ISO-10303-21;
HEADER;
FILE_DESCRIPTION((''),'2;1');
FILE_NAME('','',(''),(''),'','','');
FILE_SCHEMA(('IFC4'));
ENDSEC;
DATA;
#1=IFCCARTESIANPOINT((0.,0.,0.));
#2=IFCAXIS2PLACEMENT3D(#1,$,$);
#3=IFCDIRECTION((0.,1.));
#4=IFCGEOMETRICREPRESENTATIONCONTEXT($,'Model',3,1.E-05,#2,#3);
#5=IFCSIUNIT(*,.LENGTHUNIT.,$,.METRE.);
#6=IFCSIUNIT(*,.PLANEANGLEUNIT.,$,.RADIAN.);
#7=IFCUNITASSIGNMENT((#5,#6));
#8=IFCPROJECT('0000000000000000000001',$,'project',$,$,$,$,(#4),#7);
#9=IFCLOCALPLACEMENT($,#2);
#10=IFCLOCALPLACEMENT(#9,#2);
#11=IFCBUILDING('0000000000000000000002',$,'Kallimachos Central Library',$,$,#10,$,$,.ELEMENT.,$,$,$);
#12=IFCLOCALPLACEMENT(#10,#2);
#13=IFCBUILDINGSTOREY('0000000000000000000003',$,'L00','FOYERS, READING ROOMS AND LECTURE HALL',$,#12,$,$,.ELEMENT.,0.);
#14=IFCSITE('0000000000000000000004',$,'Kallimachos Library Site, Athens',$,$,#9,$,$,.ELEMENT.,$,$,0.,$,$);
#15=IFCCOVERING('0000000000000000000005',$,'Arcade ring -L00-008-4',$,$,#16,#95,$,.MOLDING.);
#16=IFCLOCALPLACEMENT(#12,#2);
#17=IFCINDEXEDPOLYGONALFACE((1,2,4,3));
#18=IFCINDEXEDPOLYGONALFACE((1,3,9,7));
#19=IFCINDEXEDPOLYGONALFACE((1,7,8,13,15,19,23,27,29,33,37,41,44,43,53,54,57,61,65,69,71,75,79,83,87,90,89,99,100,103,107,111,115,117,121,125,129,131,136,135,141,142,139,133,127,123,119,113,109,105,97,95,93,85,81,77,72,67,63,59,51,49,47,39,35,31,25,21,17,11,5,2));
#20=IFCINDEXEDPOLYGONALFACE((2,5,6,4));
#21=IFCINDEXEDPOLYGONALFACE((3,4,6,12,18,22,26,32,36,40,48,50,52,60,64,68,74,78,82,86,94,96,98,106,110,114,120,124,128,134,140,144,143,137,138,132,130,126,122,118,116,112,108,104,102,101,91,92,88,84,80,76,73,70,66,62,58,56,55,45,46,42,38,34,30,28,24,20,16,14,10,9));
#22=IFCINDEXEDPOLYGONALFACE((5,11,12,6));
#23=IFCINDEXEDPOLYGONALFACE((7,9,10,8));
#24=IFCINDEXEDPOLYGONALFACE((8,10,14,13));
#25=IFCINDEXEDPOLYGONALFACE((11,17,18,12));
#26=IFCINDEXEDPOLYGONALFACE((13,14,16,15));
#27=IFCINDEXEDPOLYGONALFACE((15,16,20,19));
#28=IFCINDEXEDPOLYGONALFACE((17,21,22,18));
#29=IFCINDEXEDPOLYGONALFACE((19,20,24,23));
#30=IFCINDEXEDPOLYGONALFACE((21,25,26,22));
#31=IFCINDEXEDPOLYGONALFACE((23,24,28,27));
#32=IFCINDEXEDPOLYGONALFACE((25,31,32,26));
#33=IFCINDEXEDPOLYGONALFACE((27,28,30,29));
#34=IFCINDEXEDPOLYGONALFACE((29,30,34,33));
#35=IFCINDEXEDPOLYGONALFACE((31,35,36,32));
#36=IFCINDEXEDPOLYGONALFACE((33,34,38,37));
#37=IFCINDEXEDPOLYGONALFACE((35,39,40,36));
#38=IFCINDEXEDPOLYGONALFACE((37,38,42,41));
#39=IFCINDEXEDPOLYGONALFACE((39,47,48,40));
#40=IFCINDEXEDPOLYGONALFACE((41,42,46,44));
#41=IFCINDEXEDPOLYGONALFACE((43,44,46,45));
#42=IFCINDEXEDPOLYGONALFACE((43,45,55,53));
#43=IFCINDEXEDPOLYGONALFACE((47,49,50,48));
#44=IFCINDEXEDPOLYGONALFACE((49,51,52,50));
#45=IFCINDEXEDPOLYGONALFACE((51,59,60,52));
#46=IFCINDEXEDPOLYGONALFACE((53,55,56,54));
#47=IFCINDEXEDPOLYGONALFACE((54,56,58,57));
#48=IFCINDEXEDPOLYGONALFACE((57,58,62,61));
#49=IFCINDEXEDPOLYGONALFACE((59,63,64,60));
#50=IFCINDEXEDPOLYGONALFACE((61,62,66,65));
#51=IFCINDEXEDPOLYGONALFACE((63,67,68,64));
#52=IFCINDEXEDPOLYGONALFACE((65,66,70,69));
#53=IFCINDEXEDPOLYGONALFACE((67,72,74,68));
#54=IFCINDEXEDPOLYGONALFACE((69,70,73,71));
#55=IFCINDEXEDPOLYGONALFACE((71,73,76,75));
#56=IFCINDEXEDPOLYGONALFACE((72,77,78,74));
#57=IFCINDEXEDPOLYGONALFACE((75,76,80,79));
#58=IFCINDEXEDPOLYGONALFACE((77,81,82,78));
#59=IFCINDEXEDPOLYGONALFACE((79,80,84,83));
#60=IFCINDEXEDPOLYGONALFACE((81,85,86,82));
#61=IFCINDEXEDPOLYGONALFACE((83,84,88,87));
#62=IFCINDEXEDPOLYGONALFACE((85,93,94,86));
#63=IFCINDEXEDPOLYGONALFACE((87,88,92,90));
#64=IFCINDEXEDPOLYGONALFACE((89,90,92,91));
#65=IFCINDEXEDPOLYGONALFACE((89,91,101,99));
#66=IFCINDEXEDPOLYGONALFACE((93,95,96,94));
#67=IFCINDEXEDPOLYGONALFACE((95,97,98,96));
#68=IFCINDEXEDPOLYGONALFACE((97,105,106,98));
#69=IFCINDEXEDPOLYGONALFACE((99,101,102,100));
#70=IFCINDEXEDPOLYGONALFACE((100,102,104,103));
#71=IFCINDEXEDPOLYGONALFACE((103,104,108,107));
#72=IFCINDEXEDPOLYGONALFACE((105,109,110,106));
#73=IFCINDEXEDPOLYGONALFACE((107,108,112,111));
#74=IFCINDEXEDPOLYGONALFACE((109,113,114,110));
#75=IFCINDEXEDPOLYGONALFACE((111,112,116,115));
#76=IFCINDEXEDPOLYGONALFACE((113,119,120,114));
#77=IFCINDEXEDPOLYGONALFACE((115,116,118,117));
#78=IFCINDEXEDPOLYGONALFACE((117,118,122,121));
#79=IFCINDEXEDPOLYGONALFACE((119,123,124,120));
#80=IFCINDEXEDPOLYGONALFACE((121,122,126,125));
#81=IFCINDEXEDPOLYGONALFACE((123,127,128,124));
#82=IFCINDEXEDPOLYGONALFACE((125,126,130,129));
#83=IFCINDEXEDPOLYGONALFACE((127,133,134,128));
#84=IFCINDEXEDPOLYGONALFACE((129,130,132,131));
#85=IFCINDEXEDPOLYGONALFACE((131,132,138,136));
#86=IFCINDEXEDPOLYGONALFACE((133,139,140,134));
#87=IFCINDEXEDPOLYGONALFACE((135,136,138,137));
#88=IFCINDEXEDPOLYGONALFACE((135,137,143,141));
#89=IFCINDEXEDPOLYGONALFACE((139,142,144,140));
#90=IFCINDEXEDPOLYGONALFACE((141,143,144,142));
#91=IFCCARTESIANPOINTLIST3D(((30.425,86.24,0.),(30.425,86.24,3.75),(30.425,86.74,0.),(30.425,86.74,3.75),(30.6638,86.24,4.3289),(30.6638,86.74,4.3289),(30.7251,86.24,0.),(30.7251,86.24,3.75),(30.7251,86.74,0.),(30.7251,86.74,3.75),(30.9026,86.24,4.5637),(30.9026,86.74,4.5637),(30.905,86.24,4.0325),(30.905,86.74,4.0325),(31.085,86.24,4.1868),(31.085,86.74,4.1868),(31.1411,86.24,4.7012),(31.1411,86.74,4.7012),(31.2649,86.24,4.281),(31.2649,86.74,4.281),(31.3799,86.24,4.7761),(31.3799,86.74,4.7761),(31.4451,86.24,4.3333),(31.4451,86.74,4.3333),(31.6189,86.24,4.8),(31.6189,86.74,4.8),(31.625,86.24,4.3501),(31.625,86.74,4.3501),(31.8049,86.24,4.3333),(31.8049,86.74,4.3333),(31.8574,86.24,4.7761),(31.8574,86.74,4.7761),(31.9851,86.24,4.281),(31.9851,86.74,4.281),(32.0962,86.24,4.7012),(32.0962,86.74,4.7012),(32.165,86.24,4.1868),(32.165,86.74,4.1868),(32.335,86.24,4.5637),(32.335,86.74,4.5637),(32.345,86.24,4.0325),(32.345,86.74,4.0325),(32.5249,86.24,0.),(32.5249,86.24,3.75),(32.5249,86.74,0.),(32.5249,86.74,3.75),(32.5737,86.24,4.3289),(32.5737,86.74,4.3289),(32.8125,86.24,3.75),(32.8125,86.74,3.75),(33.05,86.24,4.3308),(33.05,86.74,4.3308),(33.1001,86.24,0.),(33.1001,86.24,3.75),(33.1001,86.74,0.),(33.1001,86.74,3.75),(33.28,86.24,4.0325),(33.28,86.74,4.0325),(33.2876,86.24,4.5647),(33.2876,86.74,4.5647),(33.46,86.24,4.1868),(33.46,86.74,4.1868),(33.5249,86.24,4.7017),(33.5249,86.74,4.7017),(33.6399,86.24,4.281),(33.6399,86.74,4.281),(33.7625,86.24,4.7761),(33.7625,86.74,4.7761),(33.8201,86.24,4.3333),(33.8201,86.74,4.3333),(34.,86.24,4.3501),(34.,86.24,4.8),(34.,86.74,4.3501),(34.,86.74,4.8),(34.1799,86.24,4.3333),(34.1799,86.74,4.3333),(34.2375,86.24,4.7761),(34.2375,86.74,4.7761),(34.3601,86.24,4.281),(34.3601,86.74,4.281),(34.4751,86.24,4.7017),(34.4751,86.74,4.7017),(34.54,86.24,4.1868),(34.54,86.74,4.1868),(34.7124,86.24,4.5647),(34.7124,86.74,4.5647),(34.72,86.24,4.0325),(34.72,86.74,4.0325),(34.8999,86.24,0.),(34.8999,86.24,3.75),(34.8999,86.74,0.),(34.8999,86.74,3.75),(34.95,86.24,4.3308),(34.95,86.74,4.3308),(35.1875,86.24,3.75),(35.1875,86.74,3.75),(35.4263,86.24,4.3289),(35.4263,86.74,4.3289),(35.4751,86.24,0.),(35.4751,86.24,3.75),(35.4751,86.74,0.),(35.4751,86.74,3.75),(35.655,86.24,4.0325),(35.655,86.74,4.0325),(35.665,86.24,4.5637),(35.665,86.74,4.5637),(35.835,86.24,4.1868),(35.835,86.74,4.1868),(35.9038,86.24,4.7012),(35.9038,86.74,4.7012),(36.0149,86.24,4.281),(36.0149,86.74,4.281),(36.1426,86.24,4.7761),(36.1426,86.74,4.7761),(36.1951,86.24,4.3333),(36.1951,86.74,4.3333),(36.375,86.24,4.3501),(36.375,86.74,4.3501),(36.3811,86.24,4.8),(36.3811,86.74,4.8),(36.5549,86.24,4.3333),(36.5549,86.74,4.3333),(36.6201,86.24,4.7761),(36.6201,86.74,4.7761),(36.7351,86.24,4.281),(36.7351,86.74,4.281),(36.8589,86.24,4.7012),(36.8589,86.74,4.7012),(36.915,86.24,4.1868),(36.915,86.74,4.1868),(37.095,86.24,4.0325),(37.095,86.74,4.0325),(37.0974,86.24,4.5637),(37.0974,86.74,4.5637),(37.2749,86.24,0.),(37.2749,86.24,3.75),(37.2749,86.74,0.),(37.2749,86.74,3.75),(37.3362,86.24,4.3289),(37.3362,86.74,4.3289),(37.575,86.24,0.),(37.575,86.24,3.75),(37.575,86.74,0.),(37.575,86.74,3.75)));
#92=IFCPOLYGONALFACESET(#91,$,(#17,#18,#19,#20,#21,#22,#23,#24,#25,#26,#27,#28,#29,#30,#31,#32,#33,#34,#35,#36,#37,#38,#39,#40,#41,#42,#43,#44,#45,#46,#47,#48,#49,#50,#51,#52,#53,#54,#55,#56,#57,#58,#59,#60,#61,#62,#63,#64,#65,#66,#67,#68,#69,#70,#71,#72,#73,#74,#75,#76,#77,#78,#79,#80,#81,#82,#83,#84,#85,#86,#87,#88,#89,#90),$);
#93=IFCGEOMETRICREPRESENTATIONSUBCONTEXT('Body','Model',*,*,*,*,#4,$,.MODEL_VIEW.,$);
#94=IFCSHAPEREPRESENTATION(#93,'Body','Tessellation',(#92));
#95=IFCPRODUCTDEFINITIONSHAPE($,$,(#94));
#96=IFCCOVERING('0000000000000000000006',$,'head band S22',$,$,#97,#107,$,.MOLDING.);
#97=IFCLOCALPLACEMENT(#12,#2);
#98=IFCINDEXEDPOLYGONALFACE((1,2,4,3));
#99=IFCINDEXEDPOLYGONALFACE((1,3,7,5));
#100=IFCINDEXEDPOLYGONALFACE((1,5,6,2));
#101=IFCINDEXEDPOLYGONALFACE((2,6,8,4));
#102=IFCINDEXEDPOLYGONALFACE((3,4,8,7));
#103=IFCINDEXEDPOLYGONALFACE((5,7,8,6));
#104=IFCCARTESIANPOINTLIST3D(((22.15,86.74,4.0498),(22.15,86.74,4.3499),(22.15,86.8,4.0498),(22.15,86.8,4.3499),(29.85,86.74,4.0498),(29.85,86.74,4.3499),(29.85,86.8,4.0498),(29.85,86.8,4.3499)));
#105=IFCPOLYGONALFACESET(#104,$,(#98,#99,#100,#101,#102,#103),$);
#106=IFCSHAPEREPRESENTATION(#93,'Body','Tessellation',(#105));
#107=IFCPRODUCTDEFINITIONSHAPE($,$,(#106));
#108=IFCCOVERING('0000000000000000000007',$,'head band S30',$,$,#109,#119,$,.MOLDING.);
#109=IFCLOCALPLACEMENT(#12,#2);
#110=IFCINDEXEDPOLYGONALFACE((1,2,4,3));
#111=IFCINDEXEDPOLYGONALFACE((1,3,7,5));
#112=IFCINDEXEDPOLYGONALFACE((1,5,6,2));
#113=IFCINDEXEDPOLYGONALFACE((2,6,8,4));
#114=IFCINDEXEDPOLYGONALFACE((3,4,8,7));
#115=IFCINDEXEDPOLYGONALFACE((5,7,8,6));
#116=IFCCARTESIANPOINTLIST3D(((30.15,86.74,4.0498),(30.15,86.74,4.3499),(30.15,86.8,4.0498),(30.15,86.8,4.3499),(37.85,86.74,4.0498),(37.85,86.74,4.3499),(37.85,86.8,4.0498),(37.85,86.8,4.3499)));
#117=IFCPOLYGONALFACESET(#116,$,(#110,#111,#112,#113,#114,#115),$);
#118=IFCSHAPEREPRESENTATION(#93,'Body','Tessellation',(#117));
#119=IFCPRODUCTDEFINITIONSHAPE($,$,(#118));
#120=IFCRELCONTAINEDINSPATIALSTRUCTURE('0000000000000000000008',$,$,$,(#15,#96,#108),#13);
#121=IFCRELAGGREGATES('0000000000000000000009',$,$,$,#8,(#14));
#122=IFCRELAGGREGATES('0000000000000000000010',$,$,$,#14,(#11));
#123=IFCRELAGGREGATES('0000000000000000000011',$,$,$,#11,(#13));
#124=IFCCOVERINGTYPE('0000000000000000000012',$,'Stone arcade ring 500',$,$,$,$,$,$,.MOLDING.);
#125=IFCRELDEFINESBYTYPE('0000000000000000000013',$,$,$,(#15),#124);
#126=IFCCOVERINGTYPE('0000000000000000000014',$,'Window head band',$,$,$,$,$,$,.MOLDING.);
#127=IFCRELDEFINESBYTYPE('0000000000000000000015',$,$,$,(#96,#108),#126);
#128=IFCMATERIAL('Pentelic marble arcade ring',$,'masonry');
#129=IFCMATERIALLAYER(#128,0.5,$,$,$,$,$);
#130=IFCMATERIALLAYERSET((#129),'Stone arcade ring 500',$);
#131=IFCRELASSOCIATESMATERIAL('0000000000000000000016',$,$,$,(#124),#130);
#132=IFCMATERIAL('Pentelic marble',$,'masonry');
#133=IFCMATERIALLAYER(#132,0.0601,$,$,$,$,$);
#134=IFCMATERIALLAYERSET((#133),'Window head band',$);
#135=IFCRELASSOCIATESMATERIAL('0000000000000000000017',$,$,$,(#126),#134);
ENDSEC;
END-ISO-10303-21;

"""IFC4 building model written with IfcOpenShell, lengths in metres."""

from ifc_helpers import new_model, si_unit, direction, frame, origin, origin_2d, place, context, subcontext, project, spatial, polyline, rectangle, outline, extrude, material, layer, layer_set, type_object, element, save


model = new_model("IFC4")

# Units and contexts
model_context = context("Model", 3, precision=1e-05, world=origin(), true_north=direction((0.0, 1.0)))
body_context = subcontext(model_context, "Body", "Model", "MODEL_VIEW")
ifc_project = project(units=[si_unit("LENGTHUNIT", "METRE"), si_unit("PLANEANGLEUNIT", "RADIAN")], contexts=[model_context])

# Site, building, storey
site_placement = place(None, origin())
site = spatial("IfcSite", under=ifc_project, at=site_placement, Name="Kallimachos Library Site, Athens", CompositionType="ELEMENT", RefElevation=0.0)
building_placement = place(site_placement, origin())
building = spatial("IfcBuilding", under=site, at=building_placement, Name="Kallimachos Central Library", CompositionType="ELEMENT")
storey_placement = place(building_placement, origin())
storey = spatial("IfcBuildingStorey", under=building, at=storey_placement, Name="L00", Description="FOYERS, READING ROOMS AND LECTURE HALL", CompositionType="ELEMENT", Elevation=0.0)

# Coverings
ifc_material_1 = material(Name="Pentelic marble arcade ring", Category="masonry")
ifc_layer_1 = layer(ifc_material_1, 0.5)
ifc_layer_set_1 = layer_set([ifc_layer_1], Name="Stone arcade ring 500")
covering_type_1 = type_object("IfcCoveringType", Name="Stone arcade ring 500", PredefinedType="MOLDING", material=ifc_layer_set_1)
covering_placement = place(storey_placement, frame((30.7251, 86.24, 0.0), z_axis=(0.0, -1.0, 0.0), x_axis=(0.0, 0.0, 1.0)))
element("IfcCovering", 1, at=covering_placement, inside=storey, type_object=covering_type_1, Name="Arcade ring -L00-008-4", PredefinedType="MOLDING", context=body_context, shape_type="SweptSolid", body=[
    extrude(outline(polyline([(0.0, 0.0), (3.75, 0.0), (4.0325, -0.1799), (4.1868, -0.3599), (4.281, -0.5398), (4.3333, -0.72), (4.3501, -0.8999), (4.3333, -1.0798), (4.281, -1.26), (4.1868, -1.4399), (4.0325, -1.6199), (3.75, -1.7998), (0.0, -1.7998), (0.0, -2.375), (3.75, -2.375), (4.0325, -2.5549), (4.1868, -2.7349), (4.281, -2.9148), (4.3333, -3.095), (4.3501, -3.2749), (4.3333, -3.4548), (4.281, -3.635), (4.1868, -3.8149), (4.0325, -3.9949), (3.75, -4.1748), (0.0, -4.1748), (0.0, -4.75), (3.75, -4.75), (4.0325, -4.9299), (4.1868, -5.1099), (4.281, -5.2898), (4.3333, -5.47), (4.3501, -5.6499), (4.3333, -5.8298), (4.281, -6.01), (4.1868, -6.1899), (4.0325, -6.3699), (3.75, -6.5498), (0.0, -6.5498), (0.0, -6.8499), (3.75, -6.8499), (4.3289, -6.6111), (4.5637, -6.3723), (4.7012, -6.1338), (4.7761, -5.895), (4.8, -5.656), (4.7761, -5.4175), (4.7012, -5.1787), (4.5637, -4.9399), (4.3289, -4.7012), (3.75, -4.4624), (4.3308, -4.2249), (4.5647, -3.9873), (4.7017, -3.75), (4.7761, -3.5125), (4.8, -3.2749), (4.7761, -3.0374), (4.7017, -2.7998), (4.5647, -2.5625), (4.3308, -2.325), (3.75, -2.0874), (4.3289, -1.8486), (4.5637, -1.6099), (4.7012, -1.3711), (4.7761, -1.1323), (4.8, -0.8938), (4.7761, -0.6548), (4.7012, -0.416), (4.5637, -0.1775), (4.3289, 0.0613), (3.75, 0.3), (0.0, 0.3), (0.0, 0.0)])), origin(), (0.0, 0.0, -1.0), 0.5),
])
ifc_material_2 = material(Name="Pentelic marble", Category="masonry")
ifc_layer_2 = layer(ifc_material_2, 0.0601)
ifc_layer_set_2 = layer_set([ifc_layer_2], Name="Window head band")
covering_type_2 = type_object("IfcCoveringType", Name="Window head band", PredefinedType="MOLDING", material=ifc_layer_set_2)
for number, where, z_axis, x_axis, name in (
    (2, (26.0, 86.77, 4.0498), (0.0, 0.0, 1.0), (1.0, 0.0, 0.0), "head band S22"),
    (3, (34.0, 86.77, 4.0498), (0.0, 0.0, 1.0), (1.0, 0.0, 0.0), "head band S30"),
):
    element("IfcCovering", number, at=place(storey_placement, frame(where, z_axis=z_axis, x_axis=x_axis)), inside=storey, type_object=covering_type_2, Name=name, PredefinedType="MOLDING", context=body_context, shape_type="SweptSolid", body=[
        extrude(rectangle(XDim=7.7, YDim=0.0601, at=origin_2d()), origin(), (0.0, 0.0, 1.0), 0.3),
    ])

save(model, "model.ifc")
